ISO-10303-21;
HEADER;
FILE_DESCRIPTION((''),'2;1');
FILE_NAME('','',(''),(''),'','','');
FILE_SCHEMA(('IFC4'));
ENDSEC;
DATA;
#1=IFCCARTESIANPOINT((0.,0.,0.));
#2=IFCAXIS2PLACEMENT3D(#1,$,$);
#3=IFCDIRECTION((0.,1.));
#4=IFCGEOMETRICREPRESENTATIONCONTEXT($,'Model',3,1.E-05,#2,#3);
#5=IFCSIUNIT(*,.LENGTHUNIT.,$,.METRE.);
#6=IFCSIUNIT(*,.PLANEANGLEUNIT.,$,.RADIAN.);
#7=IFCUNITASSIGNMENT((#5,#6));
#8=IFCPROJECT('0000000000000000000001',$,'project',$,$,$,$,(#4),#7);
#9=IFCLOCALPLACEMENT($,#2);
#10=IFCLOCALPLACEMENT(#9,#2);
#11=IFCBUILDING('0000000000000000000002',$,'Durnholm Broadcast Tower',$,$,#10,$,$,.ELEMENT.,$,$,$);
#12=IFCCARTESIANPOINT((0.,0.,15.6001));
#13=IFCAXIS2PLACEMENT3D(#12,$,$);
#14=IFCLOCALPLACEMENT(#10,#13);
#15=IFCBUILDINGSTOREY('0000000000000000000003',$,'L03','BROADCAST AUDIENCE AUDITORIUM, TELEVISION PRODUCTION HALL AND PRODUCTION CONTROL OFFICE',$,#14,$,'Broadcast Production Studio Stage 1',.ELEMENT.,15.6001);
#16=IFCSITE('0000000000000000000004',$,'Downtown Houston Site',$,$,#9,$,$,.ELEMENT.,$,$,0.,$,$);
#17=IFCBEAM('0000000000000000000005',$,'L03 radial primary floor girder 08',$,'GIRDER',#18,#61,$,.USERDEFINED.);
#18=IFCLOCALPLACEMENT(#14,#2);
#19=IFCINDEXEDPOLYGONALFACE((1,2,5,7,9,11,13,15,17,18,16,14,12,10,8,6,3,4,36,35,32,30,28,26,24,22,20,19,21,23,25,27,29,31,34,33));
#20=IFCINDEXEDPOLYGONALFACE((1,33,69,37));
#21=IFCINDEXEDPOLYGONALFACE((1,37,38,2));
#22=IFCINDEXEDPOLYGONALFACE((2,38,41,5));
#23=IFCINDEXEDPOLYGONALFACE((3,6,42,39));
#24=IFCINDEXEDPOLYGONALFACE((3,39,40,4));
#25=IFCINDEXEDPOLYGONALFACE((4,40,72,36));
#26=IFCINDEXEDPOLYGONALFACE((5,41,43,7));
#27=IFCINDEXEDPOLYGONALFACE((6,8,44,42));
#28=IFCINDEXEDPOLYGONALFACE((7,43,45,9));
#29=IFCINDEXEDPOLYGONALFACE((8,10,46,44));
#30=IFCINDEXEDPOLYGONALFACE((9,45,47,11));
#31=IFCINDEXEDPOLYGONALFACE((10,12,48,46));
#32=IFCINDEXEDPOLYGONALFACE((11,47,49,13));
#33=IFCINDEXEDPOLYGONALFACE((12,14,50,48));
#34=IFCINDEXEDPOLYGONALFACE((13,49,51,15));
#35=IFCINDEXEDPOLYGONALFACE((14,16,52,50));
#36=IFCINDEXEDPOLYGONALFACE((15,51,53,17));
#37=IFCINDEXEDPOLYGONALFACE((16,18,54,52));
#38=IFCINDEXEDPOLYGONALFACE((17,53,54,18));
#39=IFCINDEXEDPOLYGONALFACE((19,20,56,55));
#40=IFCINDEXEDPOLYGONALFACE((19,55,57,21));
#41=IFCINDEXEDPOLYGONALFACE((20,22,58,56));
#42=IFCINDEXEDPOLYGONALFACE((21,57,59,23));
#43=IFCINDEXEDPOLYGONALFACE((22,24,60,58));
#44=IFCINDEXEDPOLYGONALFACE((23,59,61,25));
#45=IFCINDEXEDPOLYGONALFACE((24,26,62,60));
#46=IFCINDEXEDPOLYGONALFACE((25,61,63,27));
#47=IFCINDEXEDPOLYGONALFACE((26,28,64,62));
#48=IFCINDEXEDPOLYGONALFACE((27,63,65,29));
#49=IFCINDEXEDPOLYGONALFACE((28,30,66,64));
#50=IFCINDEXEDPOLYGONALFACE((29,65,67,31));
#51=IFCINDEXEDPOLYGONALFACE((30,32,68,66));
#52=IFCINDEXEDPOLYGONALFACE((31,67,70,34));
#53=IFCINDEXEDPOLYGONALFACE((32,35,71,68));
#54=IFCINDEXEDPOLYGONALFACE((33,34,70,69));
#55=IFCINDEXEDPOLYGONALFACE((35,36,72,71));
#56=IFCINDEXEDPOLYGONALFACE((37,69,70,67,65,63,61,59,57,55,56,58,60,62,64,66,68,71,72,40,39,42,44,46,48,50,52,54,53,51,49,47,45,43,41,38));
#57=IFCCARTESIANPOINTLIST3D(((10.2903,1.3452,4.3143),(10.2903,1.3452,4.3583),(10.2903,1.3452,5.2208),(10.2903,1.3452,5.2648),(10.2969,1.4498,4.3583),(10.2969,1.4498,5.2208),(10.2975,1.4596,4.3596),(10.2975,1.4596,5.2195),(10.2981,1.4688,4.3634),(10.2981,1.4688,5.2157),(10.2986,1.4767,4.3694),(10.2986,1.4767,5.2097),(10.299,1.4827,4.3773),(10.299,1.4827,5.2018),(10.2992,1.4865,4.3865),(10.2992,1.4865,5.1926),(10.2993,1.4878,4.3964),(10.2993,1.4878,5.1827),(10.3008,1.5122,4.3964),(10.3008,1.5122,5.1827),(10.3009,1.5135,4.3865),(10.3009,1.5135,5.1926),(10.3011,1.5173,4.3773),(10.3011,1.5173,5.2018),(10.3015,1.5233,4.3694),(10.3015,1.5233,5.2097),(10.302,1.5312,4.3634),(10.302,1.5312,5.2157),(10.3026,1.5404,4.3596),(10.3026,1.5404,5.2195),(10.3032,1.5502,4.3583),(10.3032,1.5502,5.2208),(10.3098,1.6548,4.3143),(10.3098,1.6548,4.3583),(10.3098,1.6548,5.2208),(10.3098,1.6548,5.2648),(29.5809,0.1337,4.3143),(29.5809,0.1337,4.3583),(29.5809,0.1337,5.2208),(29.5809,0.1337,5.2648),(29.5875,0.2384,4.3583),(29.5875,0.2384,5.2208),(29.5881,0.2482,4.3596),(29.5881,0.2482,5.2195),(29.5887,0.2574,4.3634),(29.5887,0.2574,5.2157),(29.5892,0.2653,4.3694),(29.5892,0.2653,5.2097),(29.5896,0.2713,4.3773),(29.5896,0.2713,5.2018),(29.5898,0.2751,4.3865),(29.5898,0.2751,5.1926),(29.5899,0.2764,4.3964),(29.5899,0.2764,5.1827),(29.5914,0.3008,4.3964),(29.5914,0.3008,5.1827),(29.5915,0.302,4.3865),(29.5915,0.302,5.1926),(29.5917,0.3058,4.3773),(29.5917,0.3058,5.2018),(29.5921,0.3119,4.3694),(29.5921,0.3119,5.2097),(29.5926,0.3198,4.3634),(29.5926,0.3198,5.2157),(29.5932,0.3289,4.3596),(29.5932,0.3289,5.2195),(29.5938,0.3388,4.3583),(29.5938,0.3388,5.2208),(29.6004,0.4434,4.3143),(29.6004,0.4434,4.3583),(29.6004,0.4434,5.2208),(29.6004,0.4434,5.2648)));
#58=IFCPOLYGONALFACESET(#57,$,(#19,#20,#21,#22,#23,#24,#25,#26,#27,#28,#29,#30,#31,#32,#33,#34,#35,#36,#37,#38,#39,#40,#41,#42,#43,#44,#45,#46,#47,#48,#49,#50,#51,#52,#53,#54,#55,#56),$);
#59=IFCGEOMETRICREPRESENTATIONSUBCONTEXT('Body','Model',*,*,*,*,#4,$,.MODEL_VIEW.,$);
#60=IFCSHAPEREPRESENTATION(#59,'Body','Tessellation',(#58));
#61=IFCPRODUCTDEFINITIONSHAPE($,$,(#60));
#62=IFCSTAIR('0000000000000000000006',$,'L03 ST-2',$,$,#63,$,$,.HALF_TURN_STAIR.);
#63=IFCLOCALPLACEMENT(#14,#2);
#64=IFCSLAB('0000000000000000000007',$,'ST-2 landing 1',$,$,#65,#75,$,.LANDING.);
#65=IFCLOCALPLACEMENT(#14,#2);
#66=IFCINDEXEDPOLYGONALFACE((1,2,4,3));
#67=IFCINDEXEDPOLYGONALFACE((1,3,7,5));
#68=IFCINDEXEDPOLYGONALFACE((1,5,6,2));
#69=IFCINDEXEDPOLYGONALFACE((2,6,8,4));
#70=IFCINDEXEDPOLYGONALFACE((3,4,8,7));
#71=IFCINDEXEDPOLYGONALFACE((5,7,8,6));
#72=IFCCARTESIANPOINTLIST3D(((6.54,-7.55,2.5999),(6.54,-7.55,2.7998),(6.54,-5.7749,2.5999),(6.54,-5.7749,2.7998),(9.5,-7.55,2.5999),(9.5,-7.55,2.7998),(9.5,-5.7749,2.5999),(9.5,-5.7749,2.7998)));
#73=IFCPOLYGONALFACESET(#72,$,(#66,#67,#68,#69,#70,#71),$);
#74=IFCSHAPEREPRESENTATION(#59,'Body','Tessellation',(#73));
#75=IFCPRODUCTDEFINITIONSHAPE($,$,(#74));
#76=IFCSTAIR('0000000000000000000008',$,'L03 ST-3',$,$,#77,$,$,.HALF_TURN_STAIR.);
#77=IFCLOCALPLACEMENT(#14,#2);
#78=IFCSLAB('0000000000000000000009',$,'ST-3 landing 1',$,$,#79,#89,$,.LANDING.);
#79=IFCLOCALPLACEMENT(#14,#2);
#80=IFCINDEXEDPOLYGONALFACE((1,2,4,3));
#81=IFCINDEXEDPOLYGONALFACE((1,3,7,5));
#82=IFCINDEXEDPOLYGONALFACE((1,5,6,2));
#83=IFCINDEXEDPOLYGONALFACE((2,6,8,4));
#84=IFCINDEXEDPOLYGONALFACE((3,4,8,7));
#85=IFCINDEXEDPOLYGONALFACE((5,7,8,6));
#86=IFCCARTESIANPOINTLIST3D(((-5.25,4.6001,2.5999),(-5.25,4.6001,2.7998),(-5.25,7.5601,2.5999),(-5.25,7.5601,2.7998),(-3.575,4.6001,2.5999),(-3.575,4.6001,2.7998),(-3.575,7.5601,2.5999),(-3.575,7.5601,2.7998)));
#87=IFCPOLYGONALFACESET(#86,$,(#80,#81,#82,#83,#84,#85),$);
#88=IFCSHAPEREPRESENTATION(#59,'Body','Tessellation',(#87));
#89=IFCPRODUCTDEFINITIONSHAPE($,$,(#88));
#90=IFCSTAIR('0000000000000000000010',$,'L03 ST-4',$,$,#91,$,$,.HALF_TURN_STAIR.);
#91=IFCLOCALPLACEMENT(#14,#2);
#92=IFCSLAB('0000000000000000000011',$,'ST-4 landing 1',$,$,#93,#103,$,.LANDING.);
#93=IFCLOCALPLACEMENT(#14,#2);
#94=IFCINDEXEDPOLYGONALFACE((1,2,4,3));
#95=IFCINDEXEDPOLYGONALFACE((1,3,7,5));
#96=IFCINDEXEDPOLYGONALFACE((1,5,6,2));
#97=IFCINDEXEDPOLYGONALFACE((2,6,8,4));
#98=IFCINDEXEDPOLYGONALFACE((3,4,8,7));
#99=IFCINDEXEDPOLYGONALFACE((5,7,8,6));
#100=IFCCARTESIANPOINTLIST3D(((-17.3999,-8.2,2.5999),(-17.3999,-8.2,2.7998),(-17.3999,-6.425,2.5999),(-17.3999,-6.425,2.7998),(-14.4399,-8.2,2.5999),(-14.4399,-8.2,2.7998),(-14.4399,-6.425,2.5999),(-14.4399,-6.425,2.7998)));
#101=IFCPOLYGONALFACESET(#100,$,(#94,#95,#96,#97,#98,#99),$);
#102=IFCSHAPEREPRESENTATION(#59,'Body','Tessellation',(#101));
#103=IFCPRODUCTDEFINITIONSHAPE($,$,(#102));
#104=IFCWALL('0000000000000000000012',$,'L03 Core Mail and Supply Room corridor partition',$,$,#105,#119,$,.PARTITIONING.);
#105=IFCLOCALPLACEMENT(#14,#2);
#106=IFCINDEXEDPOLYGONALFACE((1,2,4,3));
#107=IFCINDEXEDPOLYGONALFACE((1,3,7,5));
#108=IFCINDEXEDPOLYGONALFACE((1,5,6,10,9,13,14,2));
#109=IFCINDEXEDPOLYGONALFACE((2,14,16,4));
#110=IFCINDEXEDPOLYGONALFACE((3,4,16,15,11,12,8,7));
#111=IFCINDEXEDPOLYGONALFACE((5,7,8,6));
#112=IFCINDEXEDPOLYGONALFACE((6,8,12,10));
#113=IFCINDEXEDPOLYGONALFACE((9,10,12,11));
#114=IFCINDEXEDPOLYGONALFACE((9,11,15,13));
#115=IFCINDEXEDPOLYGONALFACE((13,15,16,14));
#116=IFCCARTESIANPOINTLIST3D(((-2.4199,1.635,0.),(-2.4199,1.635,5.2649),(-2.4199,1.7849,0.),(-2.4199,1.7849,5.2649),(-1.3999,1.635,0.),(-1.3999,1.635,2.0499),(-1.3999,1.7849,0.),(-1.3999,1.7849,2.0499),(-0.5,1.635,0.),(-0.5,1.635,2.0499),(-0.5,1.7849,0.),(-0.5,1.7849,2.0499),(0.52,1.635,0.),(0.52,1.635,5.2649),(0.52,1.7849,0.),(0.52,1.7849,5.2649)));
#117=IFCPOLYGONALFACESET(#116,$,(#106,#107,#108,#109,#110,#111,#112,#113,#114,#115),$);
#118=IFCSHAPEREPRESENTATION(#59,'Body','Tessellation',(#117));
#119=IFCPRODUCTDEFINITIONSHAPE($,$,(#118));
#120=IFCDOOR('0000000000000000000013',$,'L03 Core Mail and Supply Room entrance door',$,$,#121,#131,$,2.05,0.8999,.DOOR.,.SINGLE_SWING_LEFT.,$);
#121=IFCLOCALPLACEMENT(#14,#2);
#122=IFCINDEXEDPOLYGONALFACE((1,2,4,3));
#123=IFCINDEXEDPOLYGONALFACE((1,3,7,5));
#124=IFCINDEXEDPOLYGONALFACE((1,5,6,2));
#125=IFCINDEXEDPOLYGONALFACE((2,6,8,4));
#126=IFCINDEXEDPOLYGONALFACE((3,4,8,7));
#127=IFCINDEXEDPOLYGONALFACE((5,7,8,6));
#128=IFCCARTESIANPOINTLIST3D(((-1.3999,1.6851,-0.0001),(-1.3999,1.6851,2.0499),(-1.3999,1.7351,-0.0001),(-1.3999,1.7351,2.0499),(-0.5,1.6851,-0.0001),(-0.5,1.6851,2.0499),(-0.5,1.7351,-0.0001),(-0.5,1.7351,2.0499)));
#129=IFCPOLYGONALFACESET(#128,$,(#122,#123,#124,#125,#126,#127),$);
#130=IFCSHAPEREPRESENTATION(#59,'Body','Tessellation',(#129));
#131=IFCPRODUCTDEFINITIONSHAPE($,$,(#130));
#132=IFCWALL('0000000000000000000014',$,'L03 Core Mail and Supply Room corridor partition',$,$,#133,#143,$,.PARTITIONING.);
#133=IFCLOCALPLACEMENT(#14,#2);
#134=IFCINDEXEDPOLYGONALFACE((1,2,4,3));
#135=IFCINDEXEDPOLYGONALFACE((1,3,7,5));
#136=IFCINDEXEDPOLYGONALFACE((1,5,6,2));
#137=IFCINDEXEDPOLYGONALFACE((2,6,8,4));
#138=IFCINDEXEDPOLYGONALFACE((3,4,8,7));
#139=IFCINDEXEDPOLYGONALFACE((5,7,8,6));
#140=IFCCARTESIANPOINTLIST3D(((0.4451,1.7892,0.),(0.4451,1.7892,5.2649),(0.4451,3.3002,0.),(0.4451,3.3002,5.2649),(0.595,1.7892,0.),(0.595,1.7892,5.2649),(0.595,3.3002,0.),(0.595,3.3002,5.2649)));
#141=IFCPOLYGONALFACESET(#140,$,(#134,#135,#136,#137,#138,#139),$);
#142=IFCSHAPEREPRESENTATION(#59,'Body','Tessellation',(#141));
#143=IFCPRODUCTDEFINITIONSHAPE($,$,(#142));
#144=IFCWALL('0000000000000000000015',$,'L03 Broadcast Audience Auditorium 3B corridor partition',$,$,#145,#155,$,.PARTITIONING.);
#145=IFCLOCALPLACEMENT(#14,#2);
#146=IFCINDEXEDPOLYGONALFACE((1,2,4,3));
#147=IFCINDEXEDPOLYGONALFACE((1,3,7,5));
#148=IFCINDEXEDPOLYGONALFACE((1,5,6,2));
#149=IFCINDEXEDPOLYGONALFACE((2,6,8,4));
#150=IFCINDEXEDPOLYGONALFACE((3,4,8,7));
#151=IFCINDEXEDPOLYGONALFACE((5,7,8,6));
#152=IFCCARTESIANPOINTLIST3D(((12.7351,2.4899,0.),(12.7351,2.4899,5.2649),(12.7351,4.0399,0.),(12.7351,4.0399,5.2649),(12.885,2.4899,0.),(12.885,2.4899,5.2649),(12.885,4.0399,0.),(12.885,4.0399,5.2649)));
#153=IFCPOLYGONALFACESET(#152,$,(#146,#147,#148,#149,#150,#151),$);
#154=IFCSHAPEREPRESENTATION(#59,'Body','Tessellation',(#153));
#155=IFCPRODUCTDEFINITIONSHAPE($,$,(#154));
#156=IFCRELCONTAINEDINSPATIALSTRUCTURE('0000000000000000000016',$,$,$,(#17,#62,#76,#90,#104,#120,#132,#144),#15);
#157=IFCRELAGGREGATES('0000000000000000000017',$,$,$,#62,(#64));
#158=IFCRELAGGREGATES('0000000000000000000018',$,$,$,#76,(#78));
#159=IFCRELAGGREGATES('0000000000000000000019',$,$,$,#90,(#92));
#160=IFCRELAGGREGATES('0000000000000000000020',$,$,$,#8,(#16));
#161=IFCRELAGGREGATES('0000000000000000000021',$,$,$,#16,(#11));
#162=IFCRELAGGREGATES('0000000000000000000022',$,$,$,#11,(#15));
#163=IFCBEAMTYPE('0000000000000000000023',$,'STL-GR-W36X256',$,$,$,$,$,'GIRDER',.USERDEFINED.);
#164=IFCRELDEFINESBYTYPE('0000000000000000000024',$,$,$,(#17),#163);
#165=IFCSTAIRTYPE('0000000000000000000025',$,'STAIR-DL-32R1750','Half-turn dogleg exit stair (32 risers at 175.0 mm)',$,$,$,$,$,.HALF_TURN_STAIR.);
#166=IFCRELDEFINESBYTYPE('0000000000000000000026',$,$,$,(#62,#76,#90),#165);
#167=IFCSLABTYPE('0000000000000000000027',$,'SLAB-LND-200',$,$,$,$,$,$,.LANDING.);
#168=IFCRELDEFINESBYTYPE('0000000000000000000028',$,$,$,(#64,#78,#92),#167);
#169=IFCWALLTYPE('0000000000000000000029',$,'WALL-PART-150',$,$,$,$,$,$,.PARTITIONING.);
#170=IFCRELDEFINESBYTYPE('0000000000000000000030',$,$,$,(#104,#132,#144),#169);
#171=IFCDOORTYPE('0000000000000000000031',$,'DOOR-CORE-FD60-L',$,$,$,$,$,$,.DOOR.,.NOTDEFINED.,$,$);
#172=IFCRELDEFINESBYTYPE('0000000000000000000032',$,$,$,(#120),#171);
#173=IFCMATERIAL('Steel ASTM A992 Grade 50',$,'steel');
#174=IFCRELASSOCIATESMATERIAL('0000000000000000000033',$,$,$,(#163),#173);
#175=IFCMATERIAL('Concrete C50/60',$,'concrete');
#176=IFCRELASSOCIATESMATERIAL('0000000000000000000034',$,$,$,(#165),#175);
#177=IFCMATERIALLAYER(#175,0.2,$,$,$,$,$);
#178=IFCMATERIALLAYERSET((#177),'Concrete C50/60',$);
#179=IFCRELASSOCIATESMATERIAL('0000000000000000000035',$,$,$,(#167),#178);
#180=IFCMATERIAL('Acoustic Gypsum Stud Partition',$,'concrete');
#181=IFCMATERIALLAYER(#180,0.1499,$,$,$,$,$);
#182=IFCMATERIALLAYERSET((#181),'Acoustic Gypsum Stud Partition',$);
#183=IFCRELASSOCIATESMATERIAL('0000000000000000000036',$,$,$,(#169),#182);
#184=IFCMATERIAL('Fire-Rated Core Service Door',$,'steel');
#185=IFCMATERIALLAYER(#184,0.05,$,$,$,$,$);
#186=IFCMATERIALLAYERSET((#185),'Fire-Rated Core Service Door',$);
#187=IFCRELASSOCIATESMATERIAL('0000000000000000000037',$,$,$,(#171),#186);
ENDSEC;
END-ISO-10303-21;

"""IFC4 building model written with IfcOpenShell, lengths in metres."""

from ifc_helpers import new_model, si_unit, direction, frame, frame_2d, origin, origin_2d, place, context, subcontext, project, spatial, polyline, rectangle, i_section, outline, extrude, source, transform, mapped, material, layer, layer_set, material_profile, profile_set, type_object, type_shapes, element, fill, aggregate, save


model = new_model("IFC4")

# Units and contexts
model_context = context("Model", 3, precision=1e-05, world=origin(), true_north=direction((0.0, 1.0)))
body_context = subcontext(model_context, "Body", "Model", "MODEL_VIEW")
ifc_project = project(units=[si_unit("LENGTHUNIT", "METRE"), si_unit("PLANEANGLEUNIT", "RADIAN")], contexts=[model_context])

# Site, building, storey
site_placement = place(None, origin())
site = spatial("IfcSite", under=ifc_project, at=site_placement, Name="Downtown Houston Site", CompositionType="ELEMENT", RefElevation=0.0)
building_placement = place(site_placement, origin())
building = spatial("IfcBuilding", under=site, at=building_placement, Name="Durnholm Broadcast Tower", CompositionType="ELEMENT")
storey_placement = place(building_placement, frame((0.0, 0.0, 15.6001)))
storey = spatial("IfcBuildingStorey", under=building, at=storey_placement, Name="L03", Description="BROADCAST AUDIENCE AUDITORIUM, TELEVISION PRODUCTION HALL AND PRODUCTION CONTROL OFFICE", LongName="Broadcast Production Studio Stage 1", CompositionType="ELEMENT", Elevation=15.6001)

# Beam
ifc_material_1 = material(Name="Steel ASTM A992 Grade 50", Category="steel")
ifc_material_profile = material_profile(ifc_material_1, i_section(OverallWidth=0.3103, OverallDepth=0.9504, WebThickness=0.0244, FlangeThickness=0.0439, FilletRadius=0.0381, at=origin_2d()), Name="W36X256")
ifc_profile_set = profile_set([ifc_material_profile], Name="Steel ASTM A992 Grade 50")
beam_type = type_object("IfcBeamType", Name="STL-GR-W36X256", ElementType="GIRDER", PredefinedType="USERDEFINED", material=ifc_profile_set)
shared_shape_1 = source(origin(), body_context, "Body", "SweptSolid", [
    extrude(i_section(OverallWidth=0.3103, OverallDepth=0.9504, WebThickness=0.0244, FlangeThickness=0.0439, FilletRadius=0.0381, at=origin_2d()), origin(), (0.0, 0.0, 1.0), 19.3286),
])
type_shapes(beam_type, [shared_shape_1])
beam_placement = place(storey_placement, frame((10.3, 1.5, 4.7896), z_axis=(0.998034, -0.062676, 0.0), x_axis=(0.062676, 0.998034, 0.0)))
element("IfcBeam", 1, at=beam_placement, inside=storey, type_object=beam_type, Name="L03 radial primary floor girder 08", ObjectType="GIRDER", PredefinedType="USERDEFINED", context=body_context, shape_type="MappedRepresentation", body=[
    mapped(shared_shape_1, transform((0.0, 0.0, 0.0), x_axis=(1.0, 0.0, 0.0), y_axis=(0.0, 1.0, 0.0), z_axis=(0.0, 0.0, 1.0), scale=1.0)),
])

# Stairs, slabs
ifc_material_2 = material(Name="Concrete C50/60", Category="concrete")
stair_type = type_object("IfcStairType", Name="STAIR-DL-32R1750", Description="Half-turn dogleg exit stair (32 risers at 175.0 mm)", PredefinedType="HALF_TURN_STAIR", material=ifc_material_2)
stair_1_placement = place(storey_placement, origin())
stair_1 = element("IfcStair", 2, at=stair_1_placement, inside=storey, type_object=stair_type, Name="L03 ST-2", PredefinedType="HALF_TURN_STAIR")
ifc_layer_1 = layer(ifc_material_2, 0.2)
ifc_layer_set_1 = layer_set([ifc_layer_1], Name="Concrete C50/60")
slab_type = type_object("IfcSlabType", Name="SLAB-LND-200", PredefinedType="LANDING", material=ifc_layer_set_1)
slab_1_placement = place(storey_placement, frame((0.0, 0.0, 2.5999)))
slab_1 = element("IfcSlab", 3, at=slab_1_placement, type_object=slab_type, Name="ST-2 landing 1", PredefinedType="LANDING", context=body_context, shape_type="SweptSolid", body=[
    extrude(outline(polyline([(6.54, -5.7749), (6.54, -7.55), (9.5, -7.55), (9.5, -5.7749), (6.54, -5.7749)])), origin(), (0.0, 0.0, 1.0), 0.2),
])
aggregate(stair_1, [slab_1])
stair_2_placement = place(storey_placement, origin())
stair_2 = element("IfcStair", 4, at=stair_2_placement, inside=storey, type_object=stair_type, Name="L03 ST-3", PredefinedType="HALF_TURN_STAIR")
slab_2_placement = place(storey_placement, frame((0.0, 0.0, 2.5999)))
slab_2 = element("IfcSlab", 5, at=slab_2_placement, type_object=slab_type, Name="ST-3 landing 1", PredefinedType="LANDING", context=body_context, shape_type="SweptSolid", body=[
    extrude(outline(polyline([(-3.575, 7.5601), (-5.25, 7.5601), (-5.25, 4.6001), (-3.575, 4.6001), (-3.575, 7.5601)])), origin(), (0.0, 0.0, 1.0), 0.2),
])
aggregate(stair_2, [slab_2])
stair_3_placement = place(storey_placement, origin())
stair_3 = element("IfcStair", 6, at=stair_3_placement, inside=storey, type_object=stair_type, Name="L03 ST-4", PredefinedType="HALF_TURN_STAIR")
slab_3_placement = place(storey_placement, frame((0.0, 0.0, 2.5999)))
slab_3 = element("IfcSlab", 7, at=slab_3_placement, type_object=slab_type, Name="ST-4 landing 1", PredefinedType="LANDING", context=body_context, shape_type="SweptSolid", body=[
    extrude(outline(polyline([(-17.3999, -6.425), (-17.3999, -8.2), (-14.4399, -8.2), (-14.4399, -6.425), (-17.3999, -6.425)])), origin(), (0.0, 0.0, 1.0), 0.2),
])
aggregate(stair_3, [slab_3])

# Wall, opening, door
ifc_material_3 = material(Name="Acoustic Gypsum Stud Partition", Category="concrete")
ifc_layer_2 = layer(ifc_material_3, 0.1499)
ifc_layer_set_2 = layer_set([ifc_layer_2], Name="Acoustic Gypsum Stud Partition")
wall_type_1 = type_object("IfcWallType", Name="WALL-PART-150", PredefinedType="PARTITIONING", material=ifc_layer_set_2)
wall_1_placement = place(storey_placement, frame((0.52, 1.71, 0.0), z_axis=(0.0, 0.0, 1.0), x_axis=(-1.0, 0.0, 0.0)))
wall_1 = element("IfcWall", 8, at=wall_1_placement, inside=storey, type_object=wall_type_1, Name="L03 Core Mail and Supply Room corridor partition", PredefinedType="PARTITIONING", context=body_context, shape_type="SweptSolid", body=[
    extrude(rectangle(XDim=2.9399, YDim=0.1499, at=frame_2d((1.47, 0.0))), origin(), (0.0, 0.0, 1.0), 5.2649),
])
opening_1_placement = place(wall_1_placement, frame((1.02, 0.0, 0.0)))
opening_1 = element("IfcOpeningElement", 9, at=opening_1_placement, cuts=wall_1, PredefinedType="OPENING", context=body_context, shape_type="SweptSolid", body=[
    extrude(rectangle(XDim=0.8999, YDim=2.05, at=frame_2d((0.45, 1.0249))), frame((0.0, 0.085, 0.0), z_axis=(0.0, -1.0, 0.0), x_axis=(1.0, 0.0, 0.0)), (0.0, 0.0, 1.0), 0.1699),
])
ifc_material_4 = material(Name="Fire-Rated Core Service Door", Category="steel")
ifc_layer_3 = layer(ifc_material_4, 0.05)
ifc_layer_set_3 = layer_set([ifc_layer_3], Name="Fire-Rated Core Service Door")
door_type_1 = type_object("IfcDoorType", Name="DOOR-CORE-FD60-L", OperationType="NOTDEFINED", PredefinedType="DOOR", material=ifc_layer_set_3)
shared_shape_2 = source(origin(), body_context, "Body", "SweptSolid", [
    extrude(rectangle(XDim=0.8999, YDim=2.05, at=frame_2d((0.45, 1.0249))), frame((0.0, 0.0249, 0.0), z_axis=(0.0, -1.0, 0.0), x_axis=(1.0, 0.0, 0.0)), (0.0, 0.0, 1.0), 0.05),
])
type_shapes(door_type_1, [shared_shape_2])
door_1_placement = place(opening_1_placement, origin())
door_1 = element("IfcDoor", 10, at=door_1_placement, inside=storey, type_object=door_type_1, Name="L03 Core Mail and Supply Room entrance door", OperationType="SINGLE_SWING_LEFT", OverallHeight=2.05, OverallWidth=0.8999, PredefinedType="DOOR", context=body_context, shape_type="MappedRepresentation", body=[
    mapped(shared_shape_2, transform((0.0, 0.0, 0.0), x_axis=(1.0, 0.0, 0.0), y_axis=(0.0, 1.0, 0.0), z_axis=(0.0, 0.0, 1.0), scale=1.0)),
])
fill(opening_1, door_1)

# Walls
wall_2_placement = place(storey_placement, frame((0.52, 3.3, 0.0), z_axis=(0.0, 0.0, 1.0), x_axis=(0.0, -1.0, 0.0)))
element("IfcWall", 11, at=wall_2_placement, inside=storey, type_object=wall_type_1, Name="L03 Core Mail and Supply Room corridor partition", PredefinedType="PARTITIONING", context=body_context, shape_type="SweptSolid", body=[
    extrude(rectangle(XDim=1.511, YDim=0.1499, at=frame_2d((0.7554, 0.0))), origin(), (0.0, 0.0, 1.0), 5.2649),
])
wall_3_placement = place(storey_placement, frame((12.8101, 2.49, 0.0), z_axis=(0.0, 0.0, 1.0), x_axis=(0.0, 1.0, 0.0)))
element("IfcWall", 12, at=wall_3_placement, inside=storey, type_object=wall_type_1, Name="L03 Broadcast Audience Auditorium 3B corridor partition", PredefinedType="PARTITIONING", context=body_context, shape_type="SweptSolid", body=[
    extrude(rectangle(XDim=1.55, YDim=0.1499, at=frame_2d((0.7749, 0.0))), origin(), (0.0, 0.0, 1.0), 5.2649),
])

save(model, "model.ifc")
